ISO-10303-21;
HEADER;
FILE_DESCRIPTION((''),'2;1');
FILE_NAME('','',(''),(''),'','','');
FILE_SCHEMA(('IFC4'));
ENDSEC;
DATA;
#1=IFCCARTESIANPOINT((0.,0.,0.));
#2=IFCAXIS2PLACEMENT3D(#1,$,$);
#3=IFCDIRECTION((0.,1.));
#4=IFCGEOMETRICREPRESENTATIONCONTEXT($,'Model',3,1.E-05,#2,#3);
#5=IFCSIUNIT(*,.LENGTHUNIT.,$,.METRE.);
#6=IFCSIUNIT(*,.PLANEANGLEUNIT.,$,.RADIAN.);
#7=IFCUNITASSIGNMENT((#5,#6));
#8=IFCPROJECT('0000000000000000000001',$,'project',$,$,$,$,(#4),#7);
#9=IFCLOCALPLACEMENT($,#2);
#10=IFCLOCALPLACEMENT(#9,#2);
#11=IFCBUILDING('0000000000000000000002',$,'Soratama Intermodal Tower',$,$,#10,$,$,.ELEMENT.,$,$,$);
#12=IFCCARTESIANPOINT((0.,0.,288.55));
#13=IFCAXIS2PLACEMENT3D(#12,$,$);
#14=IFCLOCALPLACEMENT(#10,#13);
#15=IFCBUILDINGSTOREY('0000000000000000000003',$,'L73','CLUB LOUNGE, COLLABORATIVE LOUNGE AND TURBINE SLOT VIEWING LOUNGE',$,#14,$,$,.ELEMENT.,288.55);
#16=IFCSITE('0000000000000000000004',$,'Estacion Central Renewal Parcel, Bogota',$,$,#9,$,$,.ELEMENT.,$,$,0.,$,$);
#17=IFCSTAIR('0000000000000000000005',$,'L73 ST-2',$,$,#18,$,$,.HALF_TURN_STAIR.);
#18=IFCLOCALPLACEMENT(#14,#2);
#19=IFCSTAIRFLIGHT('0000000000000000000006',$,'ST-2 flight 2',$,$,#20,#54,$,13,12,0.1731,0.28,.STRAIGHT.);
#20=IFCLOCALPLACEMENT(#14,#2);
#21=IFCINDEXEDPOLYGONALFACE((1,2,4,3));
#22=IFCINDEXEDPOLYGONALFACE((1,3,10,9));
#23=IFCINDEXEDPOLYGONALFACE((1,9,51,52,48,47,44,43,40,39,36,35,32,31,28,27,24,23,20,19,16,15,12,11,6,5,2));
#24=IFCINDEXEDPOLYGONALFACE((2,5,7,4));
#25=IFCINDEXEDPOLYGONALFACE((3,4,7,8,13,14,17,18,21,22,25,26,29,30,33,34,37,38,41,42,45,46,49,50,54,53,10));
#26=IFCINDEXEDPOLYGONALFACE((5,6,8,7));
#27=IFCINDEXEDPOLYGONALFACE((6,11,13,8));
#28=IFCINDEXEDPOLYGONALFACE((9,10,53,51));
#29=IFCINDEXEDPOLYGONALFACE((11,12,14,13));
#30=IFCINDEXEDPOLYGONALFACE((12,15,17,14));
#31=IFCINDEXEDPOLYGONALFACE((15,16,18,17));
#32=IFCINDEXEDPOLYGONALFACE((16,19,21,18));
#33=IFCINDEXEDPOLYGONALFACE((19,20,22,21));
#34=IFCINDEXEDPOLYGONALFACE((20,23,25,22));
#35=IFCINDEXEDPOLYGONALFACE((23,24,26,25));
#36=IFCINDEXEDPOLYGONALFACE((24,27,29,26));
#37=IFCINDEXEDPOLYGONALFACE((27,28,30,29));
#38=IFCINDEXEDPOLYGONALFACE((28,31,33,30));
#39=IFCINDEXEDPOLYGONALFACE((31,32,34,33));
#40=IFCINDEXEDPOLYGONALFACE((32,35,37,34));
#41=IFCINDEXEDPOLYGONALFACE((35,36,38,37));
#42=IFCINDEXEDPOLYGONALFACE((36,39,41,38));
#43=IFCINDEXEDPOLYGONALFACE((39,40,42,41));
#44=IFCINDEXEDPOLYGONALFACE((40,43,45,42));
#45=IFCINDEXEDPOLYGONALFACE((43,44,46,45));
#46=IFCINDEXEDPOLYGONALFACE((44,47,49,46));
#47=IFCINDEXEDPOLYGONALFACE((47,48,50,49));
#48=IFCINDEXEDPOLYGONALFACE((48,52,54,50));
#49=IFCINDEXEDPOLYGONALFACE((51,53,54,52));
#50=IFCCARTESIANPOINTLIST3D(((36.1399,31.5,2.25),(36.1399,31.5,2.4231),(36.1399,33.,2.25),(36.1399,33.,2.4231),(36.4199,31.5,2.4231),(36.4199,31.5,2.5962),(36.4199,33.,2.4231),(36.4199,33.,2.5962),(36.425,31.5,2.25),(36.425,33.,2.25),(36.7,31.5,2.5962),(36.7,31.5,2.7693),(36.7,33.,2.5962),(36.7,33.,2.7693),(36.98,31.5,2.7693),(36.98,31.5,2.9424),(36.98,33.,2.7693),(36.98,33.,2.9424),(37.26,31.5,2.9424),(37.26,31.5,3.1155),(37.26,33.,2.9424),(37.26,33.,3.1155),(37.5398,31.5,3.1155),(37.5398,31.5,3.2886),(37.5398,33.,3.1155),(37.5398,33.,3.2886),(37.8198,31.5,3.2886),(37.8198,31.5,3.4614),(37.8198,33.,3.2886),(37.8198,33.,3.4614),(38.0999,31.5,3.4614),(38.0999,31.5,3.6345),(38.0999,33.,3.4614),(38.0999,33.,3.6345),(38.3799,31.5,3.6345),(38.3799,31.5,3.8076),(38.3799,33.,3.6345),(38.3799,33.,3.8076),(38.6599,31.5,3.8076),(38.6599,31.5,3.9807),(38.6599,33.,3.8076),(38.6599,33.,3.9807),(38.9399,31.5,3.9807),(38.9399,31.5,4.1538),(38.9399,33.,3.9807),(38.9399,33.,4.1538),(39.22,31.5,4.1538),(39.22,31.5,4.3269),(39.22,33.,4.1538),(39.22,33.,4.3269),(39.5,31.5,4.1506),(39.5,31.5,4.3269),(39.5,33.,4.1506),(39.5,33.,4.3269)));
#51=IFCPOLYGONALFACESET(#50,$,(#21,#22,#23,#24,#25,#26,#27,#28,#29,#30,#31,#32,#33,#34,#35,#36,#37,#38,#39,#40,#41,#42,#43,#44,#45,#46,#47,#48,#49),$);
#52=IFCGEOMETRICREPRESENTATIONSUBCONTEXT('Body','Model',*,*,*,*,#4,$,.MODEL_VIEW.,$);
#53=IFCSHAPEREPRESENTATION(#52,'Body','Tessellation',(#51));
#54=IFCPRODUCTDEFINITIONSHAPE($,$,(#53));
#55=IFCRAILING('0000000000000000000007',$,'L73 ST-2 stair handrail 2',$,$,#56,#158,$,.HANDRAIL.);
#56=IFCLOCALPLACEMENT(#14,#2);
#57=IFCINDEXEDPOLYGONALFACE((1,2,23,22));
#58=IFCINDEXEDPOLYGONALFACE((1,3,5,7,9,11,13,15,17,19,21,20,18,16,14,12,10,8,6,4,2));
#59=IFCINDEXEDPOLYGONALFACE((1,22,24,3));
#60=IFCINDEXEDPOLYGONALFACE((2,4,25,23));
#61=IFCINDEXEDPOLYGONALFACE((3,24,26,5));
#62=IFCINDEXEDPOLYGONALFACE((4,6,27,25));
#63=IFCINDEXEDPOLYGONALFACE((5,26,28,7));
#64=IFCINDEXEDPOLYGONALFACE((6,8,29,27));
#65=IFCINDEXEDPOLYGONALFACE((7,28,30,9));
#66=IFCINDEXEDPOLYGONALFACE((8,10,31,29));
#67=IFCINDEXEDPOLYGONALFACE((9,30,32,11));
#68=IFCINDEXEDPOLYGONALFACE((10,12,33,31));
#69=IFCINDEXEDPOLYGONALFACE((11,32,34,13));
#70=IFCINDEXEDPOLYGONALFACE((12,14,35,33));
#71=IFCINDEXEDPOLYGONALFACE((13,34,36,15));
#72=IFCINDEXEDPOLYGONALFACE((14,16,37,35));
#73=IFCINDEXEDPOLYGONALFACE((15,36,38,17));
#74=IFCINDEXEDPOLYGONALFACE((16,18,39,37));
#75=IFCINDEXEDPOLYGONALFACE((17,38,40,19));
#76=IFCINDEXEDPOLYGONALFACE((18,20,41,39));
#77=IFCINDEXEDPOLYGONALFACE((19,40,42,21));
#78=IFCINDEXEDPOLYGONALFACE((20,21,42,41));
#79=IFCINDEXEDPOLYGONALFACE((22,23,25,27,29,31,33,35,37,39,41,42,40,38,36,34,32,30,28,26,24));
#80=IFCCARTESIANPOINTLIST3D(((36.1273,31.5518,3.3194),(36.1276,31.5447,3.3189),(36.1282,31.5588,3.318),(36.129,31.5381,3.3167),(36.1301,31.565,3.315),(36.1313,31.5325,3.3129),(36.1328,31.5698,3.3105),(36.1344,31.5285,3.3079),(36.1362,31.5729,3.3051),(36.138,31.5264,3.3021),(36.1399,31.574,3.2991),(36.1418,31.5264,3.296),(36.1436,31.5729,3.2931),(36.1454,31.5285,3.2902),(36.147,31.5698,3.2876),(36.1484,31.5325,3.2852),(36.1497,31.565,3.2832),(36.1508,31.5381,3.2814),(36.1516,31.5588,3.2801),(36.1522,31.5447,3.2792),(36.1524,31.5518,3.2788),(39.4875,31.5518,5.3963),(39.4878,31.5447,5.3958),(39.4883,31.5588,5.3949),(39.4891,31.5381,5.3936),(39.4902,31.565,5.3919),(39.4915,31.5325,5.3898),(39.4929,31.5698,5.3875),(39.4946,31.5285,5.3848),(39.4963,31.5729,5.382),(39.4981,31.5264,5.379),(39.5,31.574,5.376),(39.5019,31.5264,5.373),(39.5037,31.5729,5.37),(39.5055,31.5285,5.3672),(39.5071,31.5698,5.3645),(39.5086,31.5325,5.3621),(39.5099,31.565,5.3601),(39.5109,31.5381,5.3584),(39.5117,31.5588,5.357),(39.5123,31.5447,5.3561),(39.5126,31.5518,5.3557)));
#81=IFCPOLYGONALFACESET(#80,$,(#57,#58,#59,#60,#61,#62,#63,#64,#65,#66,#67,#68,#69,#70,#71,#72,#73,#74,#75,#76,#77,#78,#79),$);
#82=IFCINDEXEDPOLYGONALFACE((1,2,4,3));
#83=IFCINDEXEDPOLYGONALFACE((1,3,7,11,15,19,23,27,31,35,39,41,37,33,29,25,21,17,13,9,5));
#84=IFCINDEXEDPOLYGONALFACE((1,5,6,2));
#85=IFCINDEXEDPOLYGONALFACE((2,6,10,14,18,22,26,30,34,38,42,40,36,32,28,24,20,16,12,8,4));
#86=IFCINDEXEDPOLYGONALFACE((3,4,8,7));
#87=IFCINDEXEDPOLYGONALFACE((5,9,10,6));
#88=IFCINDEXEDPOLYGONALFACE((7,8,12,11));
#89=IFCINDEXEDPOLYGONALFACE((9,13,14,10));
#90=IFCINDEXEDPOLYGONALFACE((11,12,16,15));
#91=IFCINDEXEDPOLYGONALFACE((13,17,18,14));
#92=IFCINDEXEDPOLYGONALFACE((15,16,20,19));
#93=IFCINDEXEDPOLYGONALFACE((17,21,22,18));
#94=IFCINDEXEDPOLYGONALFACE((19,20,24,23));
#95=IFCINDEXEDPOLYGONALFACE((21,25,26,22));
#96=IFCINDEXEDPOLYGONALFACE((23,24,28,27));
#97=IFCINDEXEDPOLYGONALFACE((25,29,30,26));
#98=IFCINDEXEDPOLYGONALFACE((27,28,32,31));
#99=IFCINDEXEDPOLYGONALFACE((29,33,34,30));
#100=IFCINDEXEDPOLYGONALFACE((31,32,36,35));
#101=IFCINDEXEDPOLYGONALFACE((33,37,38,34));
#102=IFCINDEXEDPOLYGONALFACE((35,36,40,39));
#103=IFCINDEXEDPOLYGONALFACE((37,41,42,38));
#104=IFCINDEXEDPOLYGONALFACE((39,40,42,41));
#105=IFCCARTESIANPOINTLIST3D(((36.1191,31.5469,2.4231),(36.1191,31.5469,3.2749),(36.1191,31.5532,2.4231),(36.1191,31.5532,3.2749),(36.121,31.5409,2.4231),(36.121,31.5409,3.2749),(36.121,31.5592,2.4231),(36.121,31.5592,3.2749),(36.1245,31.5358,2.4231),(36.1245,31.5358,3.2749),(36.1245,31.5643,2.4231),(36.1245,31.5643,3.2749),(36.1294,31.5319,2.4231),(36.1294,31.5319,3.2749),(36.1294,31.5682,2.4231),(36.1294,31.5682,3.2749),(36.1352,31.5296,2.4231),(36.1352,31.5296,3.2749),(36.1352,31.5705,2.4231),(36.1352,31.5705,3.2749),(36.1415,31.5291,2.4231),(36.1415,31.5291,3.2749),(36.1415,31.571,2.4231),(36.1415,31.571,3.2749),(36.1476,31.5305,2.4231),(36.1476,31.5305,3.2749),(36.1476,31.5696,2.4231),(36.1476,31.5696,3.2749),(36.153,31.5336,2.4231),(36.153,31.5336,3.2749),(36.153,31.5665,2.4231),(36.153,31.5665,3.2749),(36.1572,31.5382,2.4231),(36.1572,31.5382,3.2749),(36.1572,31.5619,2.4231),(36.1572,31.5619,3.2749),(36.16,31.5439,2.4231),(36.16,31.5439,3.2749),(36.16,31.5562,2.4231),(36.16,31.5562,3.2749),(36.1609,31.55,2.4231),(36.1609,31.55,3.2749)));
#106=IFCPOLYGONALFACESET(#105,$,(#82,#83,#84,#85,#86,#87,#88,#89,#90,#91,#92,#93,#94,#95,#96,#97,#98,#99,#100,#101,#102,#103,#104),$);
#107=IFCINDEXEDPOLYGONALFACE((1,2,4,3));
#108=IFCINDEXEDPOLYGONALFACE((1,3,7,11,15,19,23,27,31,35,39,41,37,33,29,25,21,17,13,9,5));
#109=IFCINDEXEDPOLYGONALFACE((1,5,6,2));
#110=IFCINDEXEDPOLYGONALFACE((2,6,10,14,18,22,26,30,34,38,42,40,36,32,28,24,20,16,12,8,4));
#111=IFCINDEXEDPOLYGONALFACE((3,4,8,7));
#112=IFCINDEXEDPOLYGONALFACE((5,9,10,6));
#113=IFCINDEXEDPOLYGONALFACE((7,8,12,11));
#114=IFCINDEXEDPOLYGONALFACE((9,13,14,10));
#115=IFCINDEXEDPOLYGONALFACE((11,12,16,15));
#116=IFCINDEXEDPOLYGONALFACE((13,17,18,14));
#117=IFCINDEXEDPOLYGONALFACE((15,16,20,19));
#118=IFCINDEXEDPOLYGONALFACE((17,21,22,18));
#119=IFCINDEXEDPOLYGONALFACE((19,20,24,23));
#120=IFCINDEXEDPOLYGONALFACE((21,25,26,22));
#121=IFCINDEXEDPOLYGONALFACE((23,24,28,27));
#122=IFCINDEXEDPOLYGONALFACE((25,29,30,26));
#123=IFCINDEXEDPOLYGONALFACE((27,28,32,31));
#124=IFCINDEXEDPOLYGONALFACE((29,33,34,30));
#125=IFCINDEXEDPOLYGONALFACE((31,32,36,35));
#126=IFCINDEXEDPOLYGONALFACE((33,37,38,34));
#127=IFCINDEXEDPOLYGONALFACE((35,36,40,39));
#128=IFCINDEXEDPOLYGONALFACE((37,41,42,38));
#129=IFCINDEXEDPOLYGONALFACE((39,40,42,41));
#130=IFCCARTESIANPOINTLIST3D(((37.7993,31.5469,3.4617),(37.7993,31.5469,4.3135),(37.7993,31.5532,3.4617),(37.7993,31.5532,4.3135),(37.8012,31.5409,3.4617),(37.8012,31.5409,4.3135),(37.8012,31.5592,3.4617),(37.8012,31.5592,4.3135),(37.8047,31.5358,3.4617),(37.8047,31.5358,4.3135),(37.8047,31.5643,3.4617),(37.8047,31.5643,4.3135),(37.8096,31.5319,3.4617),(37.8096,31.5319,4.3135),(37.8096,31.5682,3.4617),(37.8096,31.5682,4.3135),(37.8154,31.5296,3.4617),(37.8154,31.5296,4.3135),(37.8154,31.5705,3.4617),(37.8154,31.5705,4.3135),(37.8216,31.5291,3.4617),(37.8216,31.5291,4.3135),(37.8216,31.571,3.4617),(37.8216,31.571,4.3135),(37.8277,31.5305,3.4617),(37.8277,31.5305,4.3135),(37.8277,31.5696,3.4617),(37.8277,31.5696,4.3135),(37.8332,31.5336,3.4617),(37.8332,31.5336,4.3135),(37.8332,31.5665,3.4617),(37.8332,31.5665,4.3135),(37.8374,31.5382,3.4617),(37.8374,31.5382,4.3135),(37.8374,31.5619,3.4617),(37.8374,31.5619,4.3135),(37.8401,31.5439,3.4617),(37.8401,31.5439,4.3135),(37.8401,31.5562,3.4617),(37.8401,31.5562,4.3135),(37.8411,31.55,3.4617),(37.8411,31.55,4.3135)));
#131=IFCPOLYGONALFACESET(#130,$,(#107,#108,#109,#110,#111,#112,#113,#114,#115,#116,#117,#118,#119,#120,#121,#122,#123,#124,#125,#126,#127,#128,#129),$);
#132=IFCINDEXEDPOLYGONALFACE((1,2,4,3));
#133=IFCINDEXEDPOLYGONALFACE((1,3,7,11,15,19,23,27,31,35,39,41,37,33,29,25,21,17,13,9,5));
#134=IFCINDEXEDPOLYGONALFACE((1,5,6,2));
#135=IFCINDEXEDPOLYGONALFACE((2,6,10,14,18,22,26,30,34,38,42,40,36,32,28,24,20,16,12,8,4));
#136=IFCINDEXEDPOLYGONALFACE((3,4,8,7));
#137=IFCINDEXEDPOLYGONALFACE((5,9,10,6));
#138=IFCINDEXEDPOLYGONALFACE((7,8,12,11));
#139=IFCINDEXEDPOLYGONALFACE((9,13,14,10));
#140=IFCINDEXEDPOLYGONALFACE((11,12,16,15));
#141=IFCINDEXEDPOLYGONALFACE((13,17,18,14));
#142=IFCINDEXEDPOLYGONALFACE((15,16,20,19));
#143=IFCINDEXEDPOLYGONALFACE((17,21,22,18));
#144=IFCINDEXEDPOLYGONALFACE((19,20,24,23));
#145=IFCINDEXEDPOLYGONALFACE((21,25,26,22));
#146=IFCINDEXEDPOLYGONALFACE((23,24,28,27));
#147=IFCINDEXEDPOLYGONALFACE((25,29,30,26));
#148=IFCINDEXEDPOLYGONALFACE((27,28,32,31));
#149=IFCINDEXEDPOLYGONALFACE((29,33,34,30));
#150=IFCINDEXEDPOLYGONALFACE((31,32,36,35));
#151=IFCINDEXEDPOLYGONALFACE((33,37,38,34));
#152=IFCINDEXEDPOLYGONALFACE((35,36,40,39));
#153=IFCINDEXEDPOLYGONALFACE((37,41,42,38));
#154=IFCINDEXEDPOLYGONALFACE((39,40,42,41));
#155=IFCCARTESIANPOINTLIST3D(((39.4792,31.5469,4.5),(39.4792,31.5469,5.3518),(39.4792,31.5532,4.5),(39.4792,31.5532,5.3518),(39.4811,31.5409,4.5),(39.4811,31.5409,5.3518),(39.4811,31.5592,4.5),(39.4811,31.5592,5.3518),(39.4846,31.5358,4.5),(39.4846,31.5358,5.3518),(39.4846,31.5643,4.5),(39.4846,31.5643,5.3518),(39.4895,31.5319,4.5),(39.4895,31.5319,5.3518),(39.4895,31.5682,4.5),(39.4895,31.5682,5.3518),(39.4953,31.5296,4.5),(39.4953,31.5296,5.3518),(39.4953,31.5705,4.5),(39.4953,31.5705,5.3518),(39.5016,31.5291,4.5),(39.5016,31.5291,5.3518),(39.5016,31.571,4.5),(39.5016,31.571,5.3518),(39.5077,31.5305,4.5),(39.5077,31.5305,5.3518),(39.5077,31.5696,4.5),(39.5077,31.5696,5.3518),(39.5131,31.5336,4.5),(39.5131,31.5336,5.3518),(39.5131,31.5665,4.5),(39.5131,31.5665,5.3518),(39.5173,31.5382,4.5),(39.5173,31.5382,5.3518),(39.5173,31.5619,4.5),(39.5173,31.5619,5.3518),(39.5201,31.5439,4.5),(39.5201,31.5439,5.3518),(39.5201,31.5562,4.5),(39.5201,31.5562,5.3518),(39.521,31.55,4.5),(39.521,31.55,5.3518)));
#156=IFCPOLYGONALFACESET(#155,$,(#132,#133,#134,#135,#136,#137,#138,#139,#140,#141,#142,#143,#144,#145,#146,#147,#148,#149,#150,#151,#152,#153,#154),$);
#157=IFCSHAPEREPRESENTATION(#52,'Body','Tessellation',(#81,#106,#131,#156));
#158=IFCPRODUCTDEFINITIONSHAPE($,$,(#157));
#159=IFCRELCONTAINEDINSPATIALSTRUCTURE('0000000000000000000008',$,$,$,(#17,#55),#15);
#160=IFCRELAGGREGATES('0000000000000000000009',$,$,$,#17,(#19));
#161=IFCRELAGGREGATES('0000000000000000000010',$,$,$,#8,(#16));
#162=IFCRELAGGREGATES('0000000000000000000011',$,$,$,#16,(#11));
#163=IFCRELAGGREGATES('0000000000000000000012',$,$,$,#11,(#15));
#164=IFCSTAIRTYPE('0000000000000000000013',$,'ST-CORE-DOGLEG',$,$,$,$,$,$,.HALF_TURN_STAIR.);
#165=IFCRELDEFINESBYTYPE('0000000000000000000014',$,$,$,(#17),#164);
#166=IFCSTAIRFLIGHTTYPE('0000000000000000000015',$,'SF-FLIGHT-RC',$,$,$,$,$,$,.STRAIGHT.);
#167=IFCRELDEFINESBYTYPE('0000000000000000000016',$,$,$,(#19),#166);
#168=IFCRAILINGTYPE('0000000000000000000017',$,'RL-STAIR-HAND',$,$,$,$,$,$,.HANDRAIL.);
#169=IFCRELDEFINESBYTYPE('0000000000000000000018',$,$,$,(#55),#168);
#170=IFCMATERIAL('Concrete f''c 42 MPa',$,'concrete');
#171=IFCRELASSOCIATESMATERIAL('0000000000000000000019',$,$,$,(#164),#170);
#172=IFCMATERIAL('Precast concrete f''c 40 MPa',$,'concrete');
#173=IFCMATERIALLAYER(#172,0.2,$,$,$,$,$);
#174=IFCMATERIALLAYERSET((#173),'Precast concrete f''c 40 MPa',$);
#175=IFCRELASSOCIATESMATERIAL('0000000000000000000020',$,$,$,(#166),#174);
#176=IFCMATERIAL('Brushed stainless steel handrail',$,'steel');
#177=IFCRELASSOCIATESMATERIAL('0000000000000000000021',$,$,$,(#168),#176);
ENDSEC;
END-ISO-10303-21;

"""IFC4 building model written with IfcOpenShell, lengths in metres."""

from ifc_helpers import new_model, si_unit, direction, frame, origin, origin_2d, place, context, subcontext, project, spatial, polyline, circle, outline, extrude, material, layer, layer_set, type_object, element, aggregate, save


model = new_model("IFC4")

# Units and contexts
model_context = context("Model", 3, precision=1e-05, world=origin(), true_north=direction((0.0, 1.0)))
body_context = subcontext(model_context, "Body", "Model", "MODEL_VIEW")
ifc_project = project(units=[si_unit("LENGTHUNIT", "METRE"), si_unit("PLANEANGLEUNIT", "RADIAN")], contexts=[model_context])

# Site, building, storey
site_placement = place(None, origin())
site = spatial("IfcSite", under=ifc_project, at=site_placement, Name="Estacion Central Renewal Parcel, Bogota", CompositionType="ELEMENT", RefElevation=0.0)
building_placement = place(site_placement, origin())
building = spatial("IfcBuilding", under=site, at=building_placement, Name="Soratama Intermodal Tower", CompositionType="ELEMENT")
storey_placement = place(building_placement, frame((0.0, 0.0, 288.55)))
storey = spatial("IfcBuildingStorey", under=building, at=storey_placement, Name="L73", Description="CLUB LOUNGE, COLLABORATIVE LOUNGE AND TURBINE SLOT VIEWING LOUNGE", CompositionType="ELEMENT", Elevation=288.55)

# Stair, stair flight
ifc_material_1 = material(Name="Concrete f'c 42 MPa", Category="concrete")
stair_type = type_object("IfcStairType", Name="ST-CORE-DOGLEG", PredefinedType="HALF_TURN_STAIR", material=ifc_material_1)
stair_placement = place(storey_placement, origin())
stair = element("IfcStair", 1, at=stair_placement, inside=storey, type_object=stair_type, Name="L73 ST-2", PredefinedType="HALF_TURN_STAIR")
ifc_material_2 = material(Name="Precast concrete f'c 40 MPa", Category="concrete")
ifc_layer_1 = layer(ifc_material_2, 0.2)
ifc_layer_set_1 = layer_set([ifc_layer_1], Name="Precast concrete f'c 40 MPa")
stair_flight_type = type_object("IfcStairFlightType", Name="SF-FLIGHT-RC", PredefinedType="STRAIGHT", material=ifc_layer_set_1)
stair_flight_placement = place(storey_placement, frame((36.1399, 32.25, 2.25), z_axis=(0.0, 0.0, 1.0), x_axis=(1.0, 0.0, 0.0)))
stair_flight = element("IfcStairFlight", 2, at=stair_flight_placement, type_object=stair_flight_type, Name="ST-2 flight 2", NumberOfRisers=13, NumberOfTreads=12, PredefinedType="STRAIGHT", RiserHeight=0.1731, TreadLength=0.28, context=body_context, shape_type="SweptSolid", body=[
    extrude(outline(polyline([(0.0, 0.0), (0.0, 0.1731), (0.28, 0.1731), (0.28, 0.3462), (0.5601, 0.3462), (0.5601, 0.5193), (0.8401, 0.5193), (0.8401, 0.6924), (1.1201, 0.6924), (1.1201, 0.8655), (1.3999, 0.8655), (1.3999, 1.0386), (1.6799, 1.0386), (1.6799, 1.2114), (1.96, 1.2114), (1.96, 1.3845), (2.24, 1.3845), (2.24, 1.5576), (2.52, 1.5576), (2.52, 1.7307), (2.8, 1.7307), (2.8, 1.9038), (3.0801, 1.9038), (3.0801, 2.0769), (3.3601, 2.0769), (3.3601, 2.25), (3.3601, 1.9006), (0.2852, 0.0), (0.0, 0.0)])), frame((0.0, 0.75, 0.0), z_axis=(0.0, -1.0, 0.0), x_axis=(1.0, 0.0, 0.0)), (0.0, 0.0, 1.0), 1.5),
])
aggregate(stair, [stair_flight])

# Railing
ifc_material_3 = material(Name="Brushed stainless steel handrail", Category="steel")
railing_type = type_object("IfcRailingType", Name="RL-STAIR-HAND", PredefinedType="HANDRAIL", material=ifc_material_3)
railing_placement = place(storey_placement, frame((36.1399, 31.55, 2.4231)))
element("IfcRailing", 3, at=railing_placement, inside=storey, type_object=railing_type, Name="L73 ST-2 stair handrail 2", PredefinedType="HANDRAIL", context=body_context, shape_type="SweptSolid", body=[
    extrude(circle(Radius=0.0239, at=origin_2d()), frame((0.0, 0.0, 0.876), z_axis=(0.850623, 0.0, 0.525776), x_axis=(0.0, 1.0, 0.0)), (0.0, 0.0, 1.0), 3.9502),
    extrude(circle(Radius=0.021, at=origin_2d()), origin(), (0.0, 0.0, 1.0), 0.8518),
    extrude(circle(Radius=0.021, at=origin_2d()), frame((1.6802, 0.0, 1.0386)), (0.0, 0.0, 1.0), 0.8518),
    extrude(circle(Radius=0.021, at=origin_2d()), frame((3.3601, 0.0, 2.0769)), (0.0, 0.0, 1.0), 0.8518),
])

save(model, "model.ifc")
